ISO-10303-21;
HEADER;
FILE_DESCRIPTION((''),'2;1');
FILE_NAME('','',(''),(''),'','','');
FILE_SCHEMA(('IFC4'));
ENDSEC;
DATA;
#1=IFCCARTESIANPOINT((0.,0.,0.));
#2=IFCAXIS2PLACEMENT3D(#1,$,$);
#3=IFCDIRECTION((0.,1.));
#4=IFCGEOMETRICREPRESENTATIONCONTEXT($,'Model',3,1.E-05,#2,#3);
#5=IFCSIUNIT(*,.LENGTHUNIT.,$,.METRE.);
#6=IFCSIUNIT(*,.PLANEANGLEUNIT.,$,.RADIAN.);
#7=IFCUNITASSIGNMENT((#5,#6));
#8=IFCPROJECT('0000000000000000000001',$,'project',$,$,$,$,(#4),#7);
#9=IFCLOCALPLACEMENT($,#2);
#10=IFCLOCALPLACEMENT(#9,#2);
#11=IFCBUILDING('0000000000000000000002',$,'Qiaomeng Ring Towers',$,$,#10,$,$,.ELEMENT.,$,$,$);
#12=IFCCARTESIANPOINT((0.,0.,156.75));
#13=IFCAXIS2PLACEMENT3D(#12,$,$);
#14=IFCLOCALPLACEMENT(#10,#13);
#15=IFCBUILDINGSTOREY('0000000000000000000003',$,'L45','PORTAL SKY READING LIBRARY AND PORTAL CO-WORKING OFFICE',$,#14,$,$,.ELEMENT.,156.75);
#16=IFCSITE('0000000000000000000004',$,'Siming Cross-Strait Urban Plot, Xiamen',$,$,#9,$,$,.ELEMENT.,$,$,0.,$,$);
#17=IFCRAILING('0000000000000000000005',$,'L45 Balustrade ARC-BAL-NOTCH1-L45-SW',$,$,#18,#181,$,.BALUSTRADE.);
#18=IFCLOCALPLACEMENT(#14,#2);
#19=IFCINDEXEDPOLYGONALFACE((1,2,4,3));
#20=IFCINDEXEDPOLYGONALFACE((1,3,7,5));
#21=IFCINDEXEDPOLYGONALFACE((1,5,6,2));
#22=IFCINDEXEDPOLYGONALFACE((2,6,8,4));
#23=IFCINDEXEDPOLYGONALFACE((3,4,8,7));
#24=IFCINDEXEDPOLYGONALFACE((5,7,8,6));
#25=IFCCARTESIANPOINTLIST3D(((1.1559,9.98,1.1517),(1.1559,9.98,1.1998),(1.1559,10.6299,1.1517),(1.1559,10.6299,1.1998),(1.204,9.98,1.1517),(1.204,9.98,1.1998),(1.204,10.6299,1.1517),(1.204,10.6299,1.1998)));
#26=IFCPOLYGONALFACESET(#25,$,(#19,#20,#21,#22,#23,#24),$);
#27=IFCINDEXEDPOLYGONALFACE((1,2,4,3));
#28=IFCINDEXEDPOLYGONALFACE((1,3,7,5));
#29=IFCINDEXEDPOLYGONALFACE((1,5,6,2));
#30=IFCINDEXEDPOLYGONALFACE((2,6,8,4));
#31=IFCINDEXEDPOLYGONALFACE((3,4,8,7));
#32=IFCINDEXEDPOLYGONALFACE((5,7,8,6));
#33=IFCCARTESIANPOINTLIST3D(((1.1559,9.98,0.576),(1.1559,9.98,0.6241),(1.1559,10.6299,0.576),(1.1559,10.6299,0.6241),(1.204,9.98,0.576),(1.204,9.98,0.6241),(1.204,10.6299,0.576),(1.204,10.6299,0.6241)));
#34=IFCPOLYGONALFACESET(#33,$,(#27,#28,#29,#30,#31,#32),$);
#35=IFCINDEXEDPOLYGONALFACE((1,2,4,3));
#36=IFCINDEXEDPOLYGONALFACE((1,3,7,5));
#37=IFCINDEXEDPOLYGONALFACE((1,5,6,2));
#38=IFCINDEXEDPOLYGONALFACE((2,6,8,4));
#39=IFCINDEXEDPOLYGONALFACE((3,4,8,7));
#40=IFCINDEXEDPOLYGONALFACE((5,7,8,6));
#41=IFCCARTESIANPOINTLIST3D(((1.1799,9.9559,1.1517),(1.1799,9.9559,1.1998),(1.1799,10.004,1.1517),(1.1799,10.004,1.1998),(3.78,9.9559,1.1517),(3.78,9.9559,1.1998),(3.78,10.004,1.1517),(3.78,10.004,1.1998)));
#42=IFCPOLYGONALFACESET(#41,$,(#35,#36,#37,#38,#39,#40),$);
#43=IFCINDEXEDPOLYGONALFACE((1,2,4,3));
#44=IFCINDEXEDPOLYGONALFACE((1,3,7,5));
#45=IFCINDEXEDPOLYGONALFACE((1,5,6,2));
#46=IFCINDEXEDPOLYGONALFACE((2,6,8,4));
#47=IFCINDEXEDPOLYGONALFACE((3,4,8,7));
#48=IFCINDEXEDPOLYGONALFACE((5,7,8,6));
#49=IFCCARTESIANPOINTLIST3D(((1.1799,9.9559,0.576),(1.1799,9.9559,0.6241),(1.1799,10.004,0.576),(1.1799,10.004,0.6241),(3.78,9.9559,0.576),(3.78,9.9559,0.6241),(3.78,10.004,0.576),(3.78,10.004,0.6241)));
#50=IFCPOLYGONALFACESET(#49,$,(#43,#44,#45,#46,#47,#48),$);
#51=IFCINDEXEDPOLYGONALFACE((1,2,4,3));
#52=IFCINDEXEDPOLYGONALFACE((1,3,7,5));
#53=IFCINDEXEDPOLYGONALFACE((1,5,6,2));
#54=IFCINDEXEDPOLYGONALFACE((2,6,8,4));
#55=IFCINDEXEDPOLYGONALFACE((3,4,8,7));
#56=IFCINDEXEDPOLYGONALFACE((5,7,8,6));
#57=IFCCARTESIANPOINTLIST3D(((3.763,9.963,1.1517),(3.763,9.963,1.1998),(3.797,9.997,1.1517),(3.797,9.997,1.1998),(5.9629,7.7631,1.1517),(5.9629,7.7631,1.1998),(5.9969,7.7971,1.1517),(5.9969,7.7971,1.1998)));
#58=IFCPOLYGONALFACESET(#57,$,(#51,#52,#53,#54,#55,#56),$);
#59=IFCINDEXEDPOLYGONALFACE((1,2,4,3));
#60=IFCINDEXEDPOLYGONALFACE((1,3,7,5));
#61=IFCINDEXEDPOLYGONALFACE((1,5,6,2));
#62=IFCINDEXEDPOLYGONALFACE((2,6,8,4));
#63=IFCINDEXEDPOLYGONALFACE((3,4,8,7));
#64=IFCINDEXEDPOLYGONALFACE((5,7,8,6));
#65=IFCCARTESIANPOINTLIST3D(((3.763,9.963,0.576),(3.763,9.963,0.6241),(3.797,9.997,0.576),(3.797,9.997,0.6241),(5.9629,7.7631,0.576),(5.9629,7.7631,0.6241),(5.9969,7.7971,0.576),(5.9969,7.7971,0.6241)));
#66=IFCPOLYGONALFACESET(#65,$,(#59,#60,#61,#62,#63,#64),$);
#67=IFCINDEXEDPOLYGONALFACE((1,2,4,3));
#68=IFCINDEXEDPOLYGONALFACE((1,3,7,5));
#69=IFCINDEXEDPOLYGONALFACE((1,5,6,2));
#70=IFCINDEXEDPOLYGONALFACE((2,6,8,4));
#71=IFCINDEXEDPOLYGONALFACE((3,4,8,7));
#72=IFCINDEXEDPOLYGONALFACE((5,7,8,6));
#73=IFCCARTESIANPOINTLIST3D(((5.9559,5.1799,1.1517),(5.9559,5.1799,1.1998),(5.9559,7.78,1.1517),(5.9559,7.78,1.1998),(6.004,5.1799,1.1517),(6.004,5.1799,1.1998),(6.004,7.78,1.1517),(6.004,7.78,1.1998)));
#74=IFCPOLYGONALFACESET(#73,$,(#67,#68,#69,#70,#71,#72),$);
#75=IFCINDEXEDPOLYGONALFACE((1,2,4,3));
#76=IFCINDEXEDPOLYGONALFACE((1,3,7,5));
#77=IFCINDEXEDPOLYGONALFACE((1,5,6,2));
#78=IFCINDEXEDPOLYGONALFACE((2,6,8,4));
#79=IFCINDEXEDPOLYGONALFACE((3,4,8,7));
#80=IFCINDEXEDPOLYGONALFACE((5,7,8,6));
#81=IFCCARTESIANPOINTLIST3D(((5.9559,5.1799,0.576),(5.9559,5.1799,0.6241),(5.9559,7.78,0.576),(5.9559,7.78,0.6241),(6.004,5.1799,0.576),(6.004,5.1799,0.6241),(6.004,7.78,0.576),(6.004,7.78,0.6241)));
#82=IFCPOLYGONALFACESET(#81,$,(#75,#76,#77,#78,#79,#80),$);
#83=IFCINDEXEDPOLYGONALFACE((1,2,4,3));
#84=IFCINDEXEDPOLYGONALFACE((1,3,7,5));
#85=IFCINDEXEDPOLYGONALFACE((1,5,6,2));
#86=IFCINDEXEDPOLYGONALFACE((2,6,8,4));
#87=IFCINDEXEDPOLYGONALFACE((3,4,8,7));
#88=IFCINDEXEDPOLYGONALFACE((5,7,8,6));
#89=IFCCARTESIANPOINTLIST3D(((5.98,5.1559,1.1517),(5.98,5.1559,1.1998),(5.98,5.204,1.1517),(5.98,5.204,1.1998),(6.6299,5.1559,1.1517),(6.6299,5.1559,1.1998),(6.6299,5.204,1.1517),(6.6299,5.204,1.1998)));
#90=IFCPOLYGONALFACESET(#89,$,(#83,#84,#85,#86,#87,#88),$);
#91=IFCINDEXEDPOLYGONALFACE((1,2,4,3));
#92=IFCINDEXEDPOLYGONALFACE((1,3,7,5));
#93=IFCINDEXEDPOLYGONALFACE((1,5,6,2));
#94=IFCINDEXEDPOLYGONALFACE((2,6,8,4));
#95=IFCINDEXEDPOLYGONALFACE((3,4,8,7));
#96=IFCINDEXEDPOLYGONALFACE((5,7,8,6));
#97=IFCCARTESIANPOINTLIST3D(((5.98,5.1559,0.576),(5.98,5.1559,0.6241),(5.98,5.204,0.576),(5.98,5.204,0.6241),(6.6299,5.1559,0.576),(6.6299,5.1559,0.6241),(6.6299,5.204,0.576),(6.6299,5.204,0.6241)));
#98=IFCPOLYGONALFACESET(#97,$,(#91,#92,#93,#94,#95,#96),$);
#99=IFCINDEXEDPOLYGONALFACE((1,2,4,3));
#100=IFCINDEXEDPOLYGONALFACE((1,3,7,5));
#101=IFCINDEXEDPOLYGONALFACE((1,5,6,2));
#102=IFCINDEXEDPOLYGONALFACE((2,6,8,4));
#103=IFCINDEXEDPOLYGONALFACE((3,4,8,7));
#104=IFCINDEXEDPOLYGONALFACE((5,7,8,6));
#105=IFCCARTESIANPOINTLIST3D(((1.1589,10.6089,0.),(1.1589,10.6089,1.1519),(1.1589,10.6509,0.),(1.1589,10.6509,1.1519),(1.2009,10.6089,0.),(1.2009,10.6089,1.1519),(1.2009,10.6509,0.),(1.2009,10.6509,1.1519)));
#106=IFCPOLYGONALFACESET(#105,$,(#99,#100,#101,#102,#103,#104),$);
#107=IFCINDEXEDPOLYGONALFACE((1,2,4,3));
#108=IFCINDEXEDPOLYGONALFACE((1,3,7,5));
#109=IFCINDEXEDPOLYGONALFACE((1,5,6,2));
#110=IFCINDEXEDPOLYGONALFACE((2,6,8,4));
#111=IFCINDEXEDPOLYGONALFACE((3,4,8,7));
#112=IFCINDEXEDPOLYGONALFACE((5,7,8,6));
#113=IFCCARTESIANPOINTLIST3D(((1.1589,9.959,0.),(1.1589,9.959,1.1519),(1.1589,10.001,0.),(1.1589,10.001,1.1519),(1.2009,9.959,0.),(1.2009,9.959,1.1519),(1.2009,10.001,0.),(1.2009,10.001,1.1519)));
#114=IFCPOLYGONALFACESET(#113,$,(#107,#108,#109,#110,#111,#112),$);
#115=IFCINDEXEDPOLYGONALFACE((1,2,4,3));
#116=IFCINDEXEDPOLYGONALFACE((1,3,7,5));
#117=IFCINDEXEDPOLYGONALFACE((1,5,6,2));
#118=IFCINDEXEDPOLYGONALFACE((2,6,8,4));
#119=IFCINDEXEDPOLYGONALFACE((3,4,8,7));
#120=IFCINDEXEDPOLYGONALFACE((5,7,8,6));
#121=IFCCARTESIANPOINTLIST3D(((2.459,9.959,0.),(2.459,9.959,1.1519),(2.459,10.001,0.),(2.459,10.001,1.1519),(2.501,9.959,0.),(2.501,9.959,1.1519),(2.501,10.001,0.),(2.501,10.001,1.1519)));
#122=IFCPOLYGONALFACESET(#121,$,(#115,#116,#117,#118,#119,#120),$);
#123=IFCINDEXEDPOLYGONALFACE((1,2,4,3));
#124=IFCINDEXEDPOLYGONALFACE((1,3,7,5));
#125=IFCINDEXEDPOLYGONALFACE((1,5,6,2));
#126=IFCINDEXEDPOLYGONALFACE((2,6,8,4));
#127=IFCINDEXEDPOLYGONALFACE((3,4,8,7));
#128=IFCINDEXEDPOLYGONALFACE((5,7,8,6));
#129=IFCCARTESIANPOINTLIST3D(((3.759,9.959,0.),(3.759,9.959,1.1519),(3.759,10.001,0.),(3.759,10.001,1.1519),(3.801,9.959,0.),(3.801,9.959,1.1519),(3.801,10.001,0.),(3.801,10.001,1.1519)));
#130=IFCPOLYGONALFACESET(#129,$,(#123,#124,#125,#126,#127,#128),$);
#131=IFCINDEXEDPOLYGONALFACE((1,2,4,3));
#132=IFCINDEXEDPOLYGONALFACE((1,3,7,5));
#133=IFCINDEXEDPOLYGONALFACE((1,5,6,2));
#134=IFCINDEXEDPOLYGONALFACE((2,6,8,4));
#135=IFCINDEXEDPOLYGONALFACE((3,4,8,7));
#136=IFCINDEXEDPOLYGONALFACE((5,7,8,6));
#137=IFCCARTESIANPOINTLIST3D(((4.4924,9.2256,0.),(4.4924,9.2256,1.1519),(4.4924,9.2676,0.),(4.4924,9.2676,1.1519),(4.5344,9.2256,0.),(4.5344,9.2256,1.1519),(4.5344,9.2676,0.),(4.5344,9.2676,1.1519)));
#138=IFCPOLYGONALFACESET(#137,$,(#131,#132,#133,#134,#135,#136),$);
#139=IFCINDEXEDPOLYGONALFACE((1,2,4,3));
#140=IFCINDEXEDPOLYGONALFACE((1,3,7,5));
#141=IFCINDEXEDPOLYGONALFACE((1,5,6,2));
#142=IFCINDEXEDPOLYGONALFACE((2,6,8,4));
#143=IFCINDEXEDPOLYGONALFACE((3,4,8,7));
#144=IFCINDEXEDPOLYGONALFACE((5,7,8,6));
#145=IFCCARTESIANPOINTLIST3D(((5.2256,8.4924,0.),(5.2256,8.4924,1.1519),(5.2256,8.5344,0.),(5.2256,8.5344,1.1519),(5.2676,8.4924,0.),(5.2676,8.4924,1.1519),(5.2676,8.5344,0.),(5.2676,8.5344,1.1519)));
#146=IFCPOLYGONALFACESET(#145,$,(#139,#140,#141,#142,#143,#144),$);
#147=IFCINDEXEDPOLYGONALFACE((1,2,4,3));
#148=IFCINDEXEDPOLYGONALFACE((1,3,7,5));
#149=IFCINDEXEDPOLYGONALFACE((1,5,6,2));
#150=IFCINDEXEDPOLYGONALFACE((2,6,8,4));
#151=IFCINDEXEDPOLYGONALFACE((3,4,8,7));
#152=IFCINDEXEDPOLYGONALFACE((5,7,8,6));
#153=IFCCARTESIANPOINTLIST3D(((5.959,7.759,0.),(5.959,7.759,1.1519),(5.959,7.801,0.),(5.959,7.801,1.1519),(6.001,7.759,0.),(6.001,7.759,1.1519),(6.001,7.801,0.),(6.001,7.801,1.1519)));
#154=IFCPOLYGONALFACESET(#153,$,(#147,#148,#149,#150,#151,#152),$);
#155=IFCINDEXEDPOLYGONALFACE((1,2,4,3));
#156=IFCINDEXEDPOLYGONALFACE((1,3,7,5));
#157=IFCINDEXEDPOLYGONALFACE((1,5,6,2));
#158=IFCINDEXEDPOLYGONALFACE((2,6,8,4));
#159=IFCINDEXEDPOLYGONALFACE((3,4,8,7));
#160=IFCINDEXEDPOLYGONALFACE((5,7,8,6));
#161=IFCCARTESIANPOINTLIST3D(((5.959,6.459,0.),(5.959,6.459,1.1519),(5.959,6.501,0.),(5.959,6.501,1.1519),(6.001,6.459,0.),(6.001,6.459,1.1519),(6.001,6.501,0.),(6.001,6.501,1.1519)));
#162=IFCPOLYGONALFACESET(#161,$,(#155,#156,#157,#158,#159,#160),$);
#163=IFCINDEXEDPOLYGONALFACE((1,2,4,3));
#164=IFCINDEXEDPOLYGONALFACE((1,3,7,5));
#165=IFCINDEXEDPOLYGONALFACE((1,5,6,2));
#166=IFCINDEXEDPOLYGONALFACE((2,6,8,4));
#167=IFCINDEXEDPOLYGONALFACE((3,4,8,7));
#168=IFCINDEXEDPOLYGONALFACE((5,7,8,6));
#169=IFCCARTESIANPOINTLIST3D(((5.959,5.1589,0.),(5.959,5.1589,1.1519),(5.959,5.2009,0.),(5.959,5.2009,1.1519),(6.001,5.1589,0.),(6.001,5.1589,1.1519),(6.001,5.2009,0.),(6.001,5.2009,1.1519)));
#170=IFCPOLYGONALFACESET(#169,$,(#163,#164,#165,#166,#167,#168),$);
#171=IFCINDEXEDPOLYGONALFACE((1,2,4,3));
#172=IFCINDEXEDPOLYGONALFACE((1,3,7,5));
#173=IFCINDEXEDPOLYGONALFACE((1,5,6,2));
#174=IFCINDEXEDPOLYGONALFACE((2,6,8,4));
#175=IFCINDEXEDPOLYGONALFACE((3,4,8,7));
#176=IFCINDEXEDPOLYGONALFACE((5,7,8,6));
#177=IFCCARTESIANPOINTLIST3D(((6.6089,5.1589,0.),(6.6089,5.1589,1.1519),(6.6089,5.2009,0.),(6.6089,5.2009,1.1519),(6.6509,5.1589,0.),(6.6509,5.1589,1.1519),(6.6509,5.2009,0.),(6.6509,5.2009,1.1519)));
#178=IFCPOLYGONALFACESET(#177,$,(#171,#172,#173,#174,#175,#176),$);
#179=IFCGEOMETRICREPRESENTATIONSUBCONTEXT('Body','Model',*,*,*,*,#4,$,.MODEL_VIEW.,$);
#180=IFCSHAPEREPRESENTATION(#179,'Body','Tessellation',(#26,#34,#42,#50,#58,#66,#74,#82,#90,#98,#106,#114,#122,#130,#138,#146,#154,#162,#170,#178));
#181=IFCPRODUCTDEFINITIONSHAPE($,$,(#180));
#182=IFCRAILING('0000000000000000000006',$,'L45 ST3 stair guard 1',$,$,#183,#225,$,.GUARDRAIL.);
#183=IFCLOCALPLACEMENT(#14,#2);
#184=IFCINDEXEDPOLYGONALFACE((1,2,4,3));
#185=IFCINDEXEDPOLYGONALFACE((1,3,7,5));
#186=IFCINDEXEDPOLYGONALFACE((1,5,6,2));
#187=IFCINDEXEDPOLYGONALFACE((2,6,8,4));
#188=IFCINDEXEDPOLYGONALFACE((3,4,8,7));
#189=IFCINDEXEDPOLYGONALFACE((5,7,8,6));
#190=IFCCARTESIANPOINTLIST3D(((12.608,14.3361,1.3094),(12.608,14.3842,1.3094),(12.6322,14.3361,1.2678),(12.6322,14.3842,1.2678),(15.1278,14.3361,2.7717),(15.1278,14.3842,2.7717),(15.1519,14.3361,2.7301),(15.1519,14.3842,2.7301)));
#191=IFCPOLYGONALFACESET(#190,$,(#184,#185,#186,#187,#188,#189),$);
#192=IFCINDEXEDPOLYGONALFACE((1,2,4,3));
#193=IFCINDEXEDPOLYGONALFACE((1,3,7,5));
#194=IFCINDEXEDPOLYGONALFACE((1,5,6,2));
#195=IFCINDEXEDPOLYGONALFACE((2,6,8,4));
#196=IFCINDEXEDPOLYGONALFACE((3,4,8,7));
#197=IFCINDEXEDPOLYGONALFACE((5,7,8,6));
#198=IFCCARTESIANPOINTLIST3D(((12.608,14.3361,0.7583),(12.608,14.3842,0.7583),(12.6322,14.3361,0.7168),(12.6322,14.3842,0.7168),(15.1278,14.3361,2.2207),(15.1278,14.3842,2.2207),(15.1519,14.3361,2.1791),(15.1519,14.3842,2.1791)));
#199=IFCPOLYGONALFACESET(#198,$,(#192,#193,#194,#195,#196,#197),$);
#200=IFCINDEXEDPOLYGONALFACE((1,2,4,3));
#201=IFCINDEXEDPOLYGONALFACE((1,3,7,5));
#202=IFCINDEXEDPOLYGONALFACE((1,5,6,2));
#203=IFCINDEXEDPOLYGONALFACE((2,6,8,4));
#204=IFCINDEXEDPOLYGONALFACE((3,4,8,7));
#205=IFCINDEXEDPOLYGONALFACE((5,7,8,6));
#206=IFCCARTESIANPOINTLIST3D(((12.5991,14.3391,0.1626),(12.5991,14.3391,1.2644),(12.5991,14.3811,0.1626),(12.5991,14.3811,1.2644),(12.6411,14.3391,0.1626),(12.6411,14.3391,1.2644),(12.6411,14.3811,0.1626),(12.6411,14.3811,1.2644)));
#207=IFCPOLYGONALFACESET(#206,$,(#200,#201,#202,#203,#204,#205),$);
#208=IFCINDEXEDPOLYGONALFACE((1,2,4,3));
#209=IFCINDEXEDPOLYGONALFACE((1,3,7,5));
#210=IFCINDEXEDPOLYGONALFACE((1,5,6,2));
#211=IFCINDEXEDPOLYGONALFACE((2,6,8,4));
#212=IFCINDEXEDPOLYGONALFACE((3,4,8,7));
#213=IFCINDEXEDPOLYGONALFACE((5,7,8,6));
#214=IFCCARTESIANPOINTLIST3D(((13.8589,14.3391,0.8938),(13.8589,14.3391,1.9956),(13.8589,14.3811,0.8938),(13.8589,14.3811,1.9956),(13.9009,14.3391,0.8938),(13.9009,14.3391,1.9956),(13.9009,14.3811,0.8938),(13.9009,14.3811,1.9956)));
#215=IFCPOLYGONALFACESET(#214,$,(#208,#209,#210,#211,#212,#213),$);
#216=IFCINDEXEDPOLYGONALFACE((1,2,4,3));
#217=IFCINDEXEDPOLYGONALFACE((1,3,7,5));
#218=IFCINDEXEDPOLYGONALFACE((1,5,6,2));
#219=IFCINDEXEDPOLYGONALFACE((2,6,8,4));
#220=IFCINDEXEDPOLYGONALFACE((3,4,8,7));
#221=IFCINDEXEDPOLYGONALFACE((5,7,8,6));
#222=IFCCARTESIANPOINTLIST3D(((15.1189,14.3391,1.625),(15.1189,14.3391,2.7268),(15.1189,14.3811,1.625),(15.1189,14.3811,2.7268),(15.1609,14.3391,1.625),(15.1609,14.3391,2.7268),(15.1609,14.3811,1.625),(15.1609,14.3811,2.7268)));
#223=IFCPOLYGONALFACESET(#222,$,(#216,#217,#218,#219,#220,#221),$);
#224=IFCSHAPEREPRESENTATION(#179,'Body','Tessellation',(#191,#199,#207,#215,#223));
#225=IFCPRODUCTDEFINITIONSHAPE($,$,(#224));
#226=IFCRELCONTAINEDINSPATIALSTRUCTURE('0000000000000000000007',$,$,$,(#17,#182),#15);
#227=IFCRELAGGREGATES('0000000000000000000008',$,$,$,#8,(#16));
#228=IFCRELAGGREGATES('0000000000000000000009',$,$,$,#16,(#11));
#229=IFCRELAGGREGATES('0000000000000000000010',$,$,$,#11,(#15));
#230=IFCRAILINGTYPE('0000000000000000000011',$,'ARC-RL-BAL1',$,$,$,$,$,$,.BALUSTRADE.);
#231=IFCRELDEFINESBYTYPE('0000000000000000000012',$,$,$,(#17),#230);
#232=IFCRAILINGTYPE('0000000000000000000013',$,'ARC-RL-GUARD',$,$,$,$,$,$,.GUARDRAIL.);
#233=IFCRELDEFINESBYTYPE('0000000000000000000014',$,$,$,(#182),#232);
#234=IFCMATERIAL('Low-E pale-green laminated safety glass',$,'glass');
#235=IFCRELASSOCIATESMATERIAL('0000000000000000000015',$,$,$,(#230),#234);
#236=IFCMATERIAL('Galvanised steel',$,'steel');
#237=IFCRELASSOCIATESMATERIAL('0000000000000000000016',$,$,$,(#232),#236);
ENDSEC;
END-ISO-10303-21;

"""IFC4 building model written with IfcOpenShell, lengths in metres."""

from ifc_helpers import new_model, si_unit, direction, frame, origin, origin_2d, place, context, subcontext, project, spatial, rectangle, extrude, material, type_object, element, save


model = new_model("IFC4")

# Units and contexts
model_context = context("Model", 3, precision=1e-05, world=origin(), true_north=direction((0.0, 1.0)))
body_context = subcontext(model_context, "Body", "Model", "MODEL_VIEW")
ifc_project = project(units=[si_unit("LENGTHUNIT", "METRE"), si_unit("PLANEANGLEUNIT", "RADIAN")], contexts=[model_context])

# Site, building, storey
site_placement = place(None, origin())
site = spatial("IfcSite", under=ifc_project, at=site_placement, Name="Siming Cross-Strait Urban Plot, Xiamen", CompositionType="ELEMENT", RefElevation=0.0)
building_placement = place(site_placement, origin())
building = spatial("IfcBuilding", under=site, at=building_placement, Name="Qiaomeng Ring Towers", CompositionType="ELEMENT")
storey_placement = place(building_placement, frame((0.0, 0.0, 156.75)))
storey = spatial("IfcBuildingStorey", under=building, at=storey_placement, Name="L45", Description="PORTAL SKY READING LIBRARY AND PORTAL CO-WORKING OFFICE", CompositionType="ELEMENT", Elevation=156.75)

# Shared definitions
ifc_material_1 = material(Name="Galvanised steel", Category="steel")

# Railings
ifc_material_2 = material(Name="Low-E pale-green laminated safety glass", Category="glass")
railing_type_1 = type_object("IfcRailingType", Name="ARC-RL-BAL1", PredefinedType="BALUSTRADE", material=ifc_material_2)
railing_1_placement = place(storey_placement, frame((1.1799, 10.6299, 0.0)))
element("IfcRailing", 1, at=railing_1_placement, inside=storey, type_object=railing_type_1, Name="L45 Balustrade ARC-BAL-NOTCH1-L45-SW", PredefinedType="BALUSTRADE", context=body_context, shape_type="SweptSolid", body=[
    extrude(rectangle(XDim=0.0481, YDim=0.0481, at=origin_2d()), frame((0.0, 0.0, 1.1758), z_axis=(0.0, -1.0, 0.0), x_axis=(1.0, 0.0, 0.0)), (0.0, 0.0, 1.0), 0.6499),
    extrude(rectangle(XDim=0.0481, YDim=0.0481, at=origin_2d()), frame((0.0, 0.0, 0.6001), z_axis=(0.0, -1.0, 0.0), x_axis=(1.0, 0.0, 0.0)), (0.0, 0.0, 1.0), 0.6499),
    extrude(rectangle(XDim=0.0481, YDim=0.0481, at=origin_2d()), frame((0.0, -0.6499, 1.1758), z_axis=(1.0, 0.0, 0.0), x_axis=(0.0, 1.0, 0.0)), (0.0, 0.0, 1.0), 2.6001),
    extrude(rectangle(XDim=0.0481, YDim=0.0481, at=origin_2d()), frame((0.0, -0.6499, 0.6001), z_axis=(1.0, 0.0, 0.0), x_axis=(0.0, 1.0, 0.0)), (0.0, 0.0, 1.0), 2.6001),
    extrude(rectangle(XDim=0.0481, YDim=0.0481, at=origin_2d()), frame((2.6001, -0.6499, 1.1758), z_axis=(0.707107, -0.707107, 0.0), x_axis=(0.707107, 0.707107, 0.0)), (0.0, 0.0, 1.0), 3.1111),
    extrude(rectangle(XDim=0.0481, YDim=0.0481, at=origin_2d()), frame((2.6001, -0.6499, 0.6001), z_axis=(0.707107, -0.707107, 0.0), x_axis=(0.707107, 0.707107, 0.0)), (0.0, 0.0, 1.0), 3.1111),
    extrude(rectangle(XDim=0.0481, YDim=0.0481, at=origin_2d()), frame((4.8, -2.8499, 1.1758), z_axis=(0.0, -1.0, 0.0), x_axis=(1.0, 0.0, 0.0)), (0.0, 0.0, 1.0), 2.6001),
    extrude(rectangle(XDim=0.0481, YDim=0.0481, at=origin_2d()), frame((4.8, -2.8499, 0.6001), z_axis=(0.0, -1.0, 0.0), x_axis=(1.0, 0.0, 0.0)), (0.0, 0.0, 1.0), 2.6001),
    extrude(rectangle(XDim=0.0481, YDim=0.0481, at=origin_2d()), frame((4.8, -5.45, 1.1758), z_axis=(1.0, 0.0, 0.0), x_axis=(0.0, 1.0, 0.0)), (0.0, 0.0, 1.0), 0.6499),
    extrude(rectangle(XDim=0.0481, YDim=0.0481, at=origin_2d()), frame((4.8, -5.45, 0.6001), z_axis=(1.0, 0.0, 0.0), x_axis=(0.0, 1.0, 0.0)), (0.0, 0.0, 1.0), 0.6499),
    extrude(rectangle(XDim=0.042, YDim=0.042, at=origin_2d()), origin(), (0.0, 0.0, 1.0), 1.1519),
    extrude(rectangle(XDim=0.042, YDim=0.042, at=origin_2d()), frame((0.0, -0.6499, 0.0)), (0.0, 0.0, 1.0), 1.1519),
    extrude(rectangle(XDim=0.042, YDim=0.042, at=origin_2d()), frame((1.3, -0.6499, 0.0)), (0.0, 0.0, 1.0), 1.1519),
    extrude(rectangle(XDim=0.042, YDim=0.042, at=origin_2d()), frame((2.6001, -0.6499, 0.0)), (0.0, 0.0, 1.0), 1.1519),
    extrude(rectangle(XDim=0.042, YDim=0.042, at=origin_2d()), frame((3.3335, -1.3833, 0.0)), (0.0, 0.0, 1.0), 1.1519),
    extrude(rectangle(XDim=0.042, YDim=0.042, at=origin_2d()), frame((4.0667, -2.1165, 0.0)), (0.0, 0.0, 1.0), 1.1519),
    extrude(rectangle(XDim=0.042, YDim=0.042, at=origin_2d()), frame((4.8, -2.8499, 0.0)), (0.0, 0.0, 1.0), 1.1519),
    extrude(rectangle(XDim=0.042, YDim=0.042, at=origin_2d()), frame((4.8, -4.1499, 0.0)), (0.0, 0.0, 1.0), 1.1519),
    extrude(rectangle(XDim=0.042, YDim=0.042, at=origin_2d()), frame((4.8, -5.45, 0.0)), (0.0, 0.0, 1.0), 1.1519),
    extrude(rectangle(XDim=0.042, YDim=0.042, at=origin_2d()), frame((5.45, -5.45, 0.0)), (0.0, 0.0, 1.0), 1.1519),
])
railing_type_2 = type_object("IfcRailingType", Name="ARC-RL-GUARD", PredefinedType="GUARDRAIL", material=ifc_material_1)
railing_2_placement = place(storey_placement, frame((12.6201, 14.3601, 0.1626)))
element("IfcRailing", 2, at=railing_2_placement, inside=storey, type_object=railing_type_2, Name="L45 ST3 stair guard 1", PredefinedType="GUARDRAIL", context=body_context, shape_type="SweptSolid", body=[
    extrude(rectangle(XDim=0.0481, YDim=0.0481, at=origin_2d()), frame((0.0, 0.0, 1.126), z_axis=(0.864892, 0.0, 0.501958), x_axis=(0.0, 1.0, 0.0)), (0.0, 0.0, 1.0), 2.9133),
    extrude(rectangle(XDim=0.0481, YDim=0.0481, at=origin_2d()), frame((0.0, 0.0, 0.575), z_axis=(0.864892, 0.0, 0.501958), x_axis=(0.0, 1.0, 0.0)), (0.0, 0.0, 1.0), 2.9133),
    extrude(rectangle(XDim=0.042, YDim=0.042, at=origin_2d()), origin(), (0.0, 0.0, 1.0), 1.1018),
    extrude(rectangle(XDim=0.042, YDim=0.042, at=origin_2d()), frame((1.2598, 0.0, 0.7312)), (0.0, 0.0, 1.0), 1.1018),
    extrude(rectangle(XDim=0.042, YDim=0.042, at=origin_2d()), frame((2.5198, 0.0, 1.4624)), (0.0, 0.0, 1.0), 1.1018),
])

save(model, "model.ifc")
